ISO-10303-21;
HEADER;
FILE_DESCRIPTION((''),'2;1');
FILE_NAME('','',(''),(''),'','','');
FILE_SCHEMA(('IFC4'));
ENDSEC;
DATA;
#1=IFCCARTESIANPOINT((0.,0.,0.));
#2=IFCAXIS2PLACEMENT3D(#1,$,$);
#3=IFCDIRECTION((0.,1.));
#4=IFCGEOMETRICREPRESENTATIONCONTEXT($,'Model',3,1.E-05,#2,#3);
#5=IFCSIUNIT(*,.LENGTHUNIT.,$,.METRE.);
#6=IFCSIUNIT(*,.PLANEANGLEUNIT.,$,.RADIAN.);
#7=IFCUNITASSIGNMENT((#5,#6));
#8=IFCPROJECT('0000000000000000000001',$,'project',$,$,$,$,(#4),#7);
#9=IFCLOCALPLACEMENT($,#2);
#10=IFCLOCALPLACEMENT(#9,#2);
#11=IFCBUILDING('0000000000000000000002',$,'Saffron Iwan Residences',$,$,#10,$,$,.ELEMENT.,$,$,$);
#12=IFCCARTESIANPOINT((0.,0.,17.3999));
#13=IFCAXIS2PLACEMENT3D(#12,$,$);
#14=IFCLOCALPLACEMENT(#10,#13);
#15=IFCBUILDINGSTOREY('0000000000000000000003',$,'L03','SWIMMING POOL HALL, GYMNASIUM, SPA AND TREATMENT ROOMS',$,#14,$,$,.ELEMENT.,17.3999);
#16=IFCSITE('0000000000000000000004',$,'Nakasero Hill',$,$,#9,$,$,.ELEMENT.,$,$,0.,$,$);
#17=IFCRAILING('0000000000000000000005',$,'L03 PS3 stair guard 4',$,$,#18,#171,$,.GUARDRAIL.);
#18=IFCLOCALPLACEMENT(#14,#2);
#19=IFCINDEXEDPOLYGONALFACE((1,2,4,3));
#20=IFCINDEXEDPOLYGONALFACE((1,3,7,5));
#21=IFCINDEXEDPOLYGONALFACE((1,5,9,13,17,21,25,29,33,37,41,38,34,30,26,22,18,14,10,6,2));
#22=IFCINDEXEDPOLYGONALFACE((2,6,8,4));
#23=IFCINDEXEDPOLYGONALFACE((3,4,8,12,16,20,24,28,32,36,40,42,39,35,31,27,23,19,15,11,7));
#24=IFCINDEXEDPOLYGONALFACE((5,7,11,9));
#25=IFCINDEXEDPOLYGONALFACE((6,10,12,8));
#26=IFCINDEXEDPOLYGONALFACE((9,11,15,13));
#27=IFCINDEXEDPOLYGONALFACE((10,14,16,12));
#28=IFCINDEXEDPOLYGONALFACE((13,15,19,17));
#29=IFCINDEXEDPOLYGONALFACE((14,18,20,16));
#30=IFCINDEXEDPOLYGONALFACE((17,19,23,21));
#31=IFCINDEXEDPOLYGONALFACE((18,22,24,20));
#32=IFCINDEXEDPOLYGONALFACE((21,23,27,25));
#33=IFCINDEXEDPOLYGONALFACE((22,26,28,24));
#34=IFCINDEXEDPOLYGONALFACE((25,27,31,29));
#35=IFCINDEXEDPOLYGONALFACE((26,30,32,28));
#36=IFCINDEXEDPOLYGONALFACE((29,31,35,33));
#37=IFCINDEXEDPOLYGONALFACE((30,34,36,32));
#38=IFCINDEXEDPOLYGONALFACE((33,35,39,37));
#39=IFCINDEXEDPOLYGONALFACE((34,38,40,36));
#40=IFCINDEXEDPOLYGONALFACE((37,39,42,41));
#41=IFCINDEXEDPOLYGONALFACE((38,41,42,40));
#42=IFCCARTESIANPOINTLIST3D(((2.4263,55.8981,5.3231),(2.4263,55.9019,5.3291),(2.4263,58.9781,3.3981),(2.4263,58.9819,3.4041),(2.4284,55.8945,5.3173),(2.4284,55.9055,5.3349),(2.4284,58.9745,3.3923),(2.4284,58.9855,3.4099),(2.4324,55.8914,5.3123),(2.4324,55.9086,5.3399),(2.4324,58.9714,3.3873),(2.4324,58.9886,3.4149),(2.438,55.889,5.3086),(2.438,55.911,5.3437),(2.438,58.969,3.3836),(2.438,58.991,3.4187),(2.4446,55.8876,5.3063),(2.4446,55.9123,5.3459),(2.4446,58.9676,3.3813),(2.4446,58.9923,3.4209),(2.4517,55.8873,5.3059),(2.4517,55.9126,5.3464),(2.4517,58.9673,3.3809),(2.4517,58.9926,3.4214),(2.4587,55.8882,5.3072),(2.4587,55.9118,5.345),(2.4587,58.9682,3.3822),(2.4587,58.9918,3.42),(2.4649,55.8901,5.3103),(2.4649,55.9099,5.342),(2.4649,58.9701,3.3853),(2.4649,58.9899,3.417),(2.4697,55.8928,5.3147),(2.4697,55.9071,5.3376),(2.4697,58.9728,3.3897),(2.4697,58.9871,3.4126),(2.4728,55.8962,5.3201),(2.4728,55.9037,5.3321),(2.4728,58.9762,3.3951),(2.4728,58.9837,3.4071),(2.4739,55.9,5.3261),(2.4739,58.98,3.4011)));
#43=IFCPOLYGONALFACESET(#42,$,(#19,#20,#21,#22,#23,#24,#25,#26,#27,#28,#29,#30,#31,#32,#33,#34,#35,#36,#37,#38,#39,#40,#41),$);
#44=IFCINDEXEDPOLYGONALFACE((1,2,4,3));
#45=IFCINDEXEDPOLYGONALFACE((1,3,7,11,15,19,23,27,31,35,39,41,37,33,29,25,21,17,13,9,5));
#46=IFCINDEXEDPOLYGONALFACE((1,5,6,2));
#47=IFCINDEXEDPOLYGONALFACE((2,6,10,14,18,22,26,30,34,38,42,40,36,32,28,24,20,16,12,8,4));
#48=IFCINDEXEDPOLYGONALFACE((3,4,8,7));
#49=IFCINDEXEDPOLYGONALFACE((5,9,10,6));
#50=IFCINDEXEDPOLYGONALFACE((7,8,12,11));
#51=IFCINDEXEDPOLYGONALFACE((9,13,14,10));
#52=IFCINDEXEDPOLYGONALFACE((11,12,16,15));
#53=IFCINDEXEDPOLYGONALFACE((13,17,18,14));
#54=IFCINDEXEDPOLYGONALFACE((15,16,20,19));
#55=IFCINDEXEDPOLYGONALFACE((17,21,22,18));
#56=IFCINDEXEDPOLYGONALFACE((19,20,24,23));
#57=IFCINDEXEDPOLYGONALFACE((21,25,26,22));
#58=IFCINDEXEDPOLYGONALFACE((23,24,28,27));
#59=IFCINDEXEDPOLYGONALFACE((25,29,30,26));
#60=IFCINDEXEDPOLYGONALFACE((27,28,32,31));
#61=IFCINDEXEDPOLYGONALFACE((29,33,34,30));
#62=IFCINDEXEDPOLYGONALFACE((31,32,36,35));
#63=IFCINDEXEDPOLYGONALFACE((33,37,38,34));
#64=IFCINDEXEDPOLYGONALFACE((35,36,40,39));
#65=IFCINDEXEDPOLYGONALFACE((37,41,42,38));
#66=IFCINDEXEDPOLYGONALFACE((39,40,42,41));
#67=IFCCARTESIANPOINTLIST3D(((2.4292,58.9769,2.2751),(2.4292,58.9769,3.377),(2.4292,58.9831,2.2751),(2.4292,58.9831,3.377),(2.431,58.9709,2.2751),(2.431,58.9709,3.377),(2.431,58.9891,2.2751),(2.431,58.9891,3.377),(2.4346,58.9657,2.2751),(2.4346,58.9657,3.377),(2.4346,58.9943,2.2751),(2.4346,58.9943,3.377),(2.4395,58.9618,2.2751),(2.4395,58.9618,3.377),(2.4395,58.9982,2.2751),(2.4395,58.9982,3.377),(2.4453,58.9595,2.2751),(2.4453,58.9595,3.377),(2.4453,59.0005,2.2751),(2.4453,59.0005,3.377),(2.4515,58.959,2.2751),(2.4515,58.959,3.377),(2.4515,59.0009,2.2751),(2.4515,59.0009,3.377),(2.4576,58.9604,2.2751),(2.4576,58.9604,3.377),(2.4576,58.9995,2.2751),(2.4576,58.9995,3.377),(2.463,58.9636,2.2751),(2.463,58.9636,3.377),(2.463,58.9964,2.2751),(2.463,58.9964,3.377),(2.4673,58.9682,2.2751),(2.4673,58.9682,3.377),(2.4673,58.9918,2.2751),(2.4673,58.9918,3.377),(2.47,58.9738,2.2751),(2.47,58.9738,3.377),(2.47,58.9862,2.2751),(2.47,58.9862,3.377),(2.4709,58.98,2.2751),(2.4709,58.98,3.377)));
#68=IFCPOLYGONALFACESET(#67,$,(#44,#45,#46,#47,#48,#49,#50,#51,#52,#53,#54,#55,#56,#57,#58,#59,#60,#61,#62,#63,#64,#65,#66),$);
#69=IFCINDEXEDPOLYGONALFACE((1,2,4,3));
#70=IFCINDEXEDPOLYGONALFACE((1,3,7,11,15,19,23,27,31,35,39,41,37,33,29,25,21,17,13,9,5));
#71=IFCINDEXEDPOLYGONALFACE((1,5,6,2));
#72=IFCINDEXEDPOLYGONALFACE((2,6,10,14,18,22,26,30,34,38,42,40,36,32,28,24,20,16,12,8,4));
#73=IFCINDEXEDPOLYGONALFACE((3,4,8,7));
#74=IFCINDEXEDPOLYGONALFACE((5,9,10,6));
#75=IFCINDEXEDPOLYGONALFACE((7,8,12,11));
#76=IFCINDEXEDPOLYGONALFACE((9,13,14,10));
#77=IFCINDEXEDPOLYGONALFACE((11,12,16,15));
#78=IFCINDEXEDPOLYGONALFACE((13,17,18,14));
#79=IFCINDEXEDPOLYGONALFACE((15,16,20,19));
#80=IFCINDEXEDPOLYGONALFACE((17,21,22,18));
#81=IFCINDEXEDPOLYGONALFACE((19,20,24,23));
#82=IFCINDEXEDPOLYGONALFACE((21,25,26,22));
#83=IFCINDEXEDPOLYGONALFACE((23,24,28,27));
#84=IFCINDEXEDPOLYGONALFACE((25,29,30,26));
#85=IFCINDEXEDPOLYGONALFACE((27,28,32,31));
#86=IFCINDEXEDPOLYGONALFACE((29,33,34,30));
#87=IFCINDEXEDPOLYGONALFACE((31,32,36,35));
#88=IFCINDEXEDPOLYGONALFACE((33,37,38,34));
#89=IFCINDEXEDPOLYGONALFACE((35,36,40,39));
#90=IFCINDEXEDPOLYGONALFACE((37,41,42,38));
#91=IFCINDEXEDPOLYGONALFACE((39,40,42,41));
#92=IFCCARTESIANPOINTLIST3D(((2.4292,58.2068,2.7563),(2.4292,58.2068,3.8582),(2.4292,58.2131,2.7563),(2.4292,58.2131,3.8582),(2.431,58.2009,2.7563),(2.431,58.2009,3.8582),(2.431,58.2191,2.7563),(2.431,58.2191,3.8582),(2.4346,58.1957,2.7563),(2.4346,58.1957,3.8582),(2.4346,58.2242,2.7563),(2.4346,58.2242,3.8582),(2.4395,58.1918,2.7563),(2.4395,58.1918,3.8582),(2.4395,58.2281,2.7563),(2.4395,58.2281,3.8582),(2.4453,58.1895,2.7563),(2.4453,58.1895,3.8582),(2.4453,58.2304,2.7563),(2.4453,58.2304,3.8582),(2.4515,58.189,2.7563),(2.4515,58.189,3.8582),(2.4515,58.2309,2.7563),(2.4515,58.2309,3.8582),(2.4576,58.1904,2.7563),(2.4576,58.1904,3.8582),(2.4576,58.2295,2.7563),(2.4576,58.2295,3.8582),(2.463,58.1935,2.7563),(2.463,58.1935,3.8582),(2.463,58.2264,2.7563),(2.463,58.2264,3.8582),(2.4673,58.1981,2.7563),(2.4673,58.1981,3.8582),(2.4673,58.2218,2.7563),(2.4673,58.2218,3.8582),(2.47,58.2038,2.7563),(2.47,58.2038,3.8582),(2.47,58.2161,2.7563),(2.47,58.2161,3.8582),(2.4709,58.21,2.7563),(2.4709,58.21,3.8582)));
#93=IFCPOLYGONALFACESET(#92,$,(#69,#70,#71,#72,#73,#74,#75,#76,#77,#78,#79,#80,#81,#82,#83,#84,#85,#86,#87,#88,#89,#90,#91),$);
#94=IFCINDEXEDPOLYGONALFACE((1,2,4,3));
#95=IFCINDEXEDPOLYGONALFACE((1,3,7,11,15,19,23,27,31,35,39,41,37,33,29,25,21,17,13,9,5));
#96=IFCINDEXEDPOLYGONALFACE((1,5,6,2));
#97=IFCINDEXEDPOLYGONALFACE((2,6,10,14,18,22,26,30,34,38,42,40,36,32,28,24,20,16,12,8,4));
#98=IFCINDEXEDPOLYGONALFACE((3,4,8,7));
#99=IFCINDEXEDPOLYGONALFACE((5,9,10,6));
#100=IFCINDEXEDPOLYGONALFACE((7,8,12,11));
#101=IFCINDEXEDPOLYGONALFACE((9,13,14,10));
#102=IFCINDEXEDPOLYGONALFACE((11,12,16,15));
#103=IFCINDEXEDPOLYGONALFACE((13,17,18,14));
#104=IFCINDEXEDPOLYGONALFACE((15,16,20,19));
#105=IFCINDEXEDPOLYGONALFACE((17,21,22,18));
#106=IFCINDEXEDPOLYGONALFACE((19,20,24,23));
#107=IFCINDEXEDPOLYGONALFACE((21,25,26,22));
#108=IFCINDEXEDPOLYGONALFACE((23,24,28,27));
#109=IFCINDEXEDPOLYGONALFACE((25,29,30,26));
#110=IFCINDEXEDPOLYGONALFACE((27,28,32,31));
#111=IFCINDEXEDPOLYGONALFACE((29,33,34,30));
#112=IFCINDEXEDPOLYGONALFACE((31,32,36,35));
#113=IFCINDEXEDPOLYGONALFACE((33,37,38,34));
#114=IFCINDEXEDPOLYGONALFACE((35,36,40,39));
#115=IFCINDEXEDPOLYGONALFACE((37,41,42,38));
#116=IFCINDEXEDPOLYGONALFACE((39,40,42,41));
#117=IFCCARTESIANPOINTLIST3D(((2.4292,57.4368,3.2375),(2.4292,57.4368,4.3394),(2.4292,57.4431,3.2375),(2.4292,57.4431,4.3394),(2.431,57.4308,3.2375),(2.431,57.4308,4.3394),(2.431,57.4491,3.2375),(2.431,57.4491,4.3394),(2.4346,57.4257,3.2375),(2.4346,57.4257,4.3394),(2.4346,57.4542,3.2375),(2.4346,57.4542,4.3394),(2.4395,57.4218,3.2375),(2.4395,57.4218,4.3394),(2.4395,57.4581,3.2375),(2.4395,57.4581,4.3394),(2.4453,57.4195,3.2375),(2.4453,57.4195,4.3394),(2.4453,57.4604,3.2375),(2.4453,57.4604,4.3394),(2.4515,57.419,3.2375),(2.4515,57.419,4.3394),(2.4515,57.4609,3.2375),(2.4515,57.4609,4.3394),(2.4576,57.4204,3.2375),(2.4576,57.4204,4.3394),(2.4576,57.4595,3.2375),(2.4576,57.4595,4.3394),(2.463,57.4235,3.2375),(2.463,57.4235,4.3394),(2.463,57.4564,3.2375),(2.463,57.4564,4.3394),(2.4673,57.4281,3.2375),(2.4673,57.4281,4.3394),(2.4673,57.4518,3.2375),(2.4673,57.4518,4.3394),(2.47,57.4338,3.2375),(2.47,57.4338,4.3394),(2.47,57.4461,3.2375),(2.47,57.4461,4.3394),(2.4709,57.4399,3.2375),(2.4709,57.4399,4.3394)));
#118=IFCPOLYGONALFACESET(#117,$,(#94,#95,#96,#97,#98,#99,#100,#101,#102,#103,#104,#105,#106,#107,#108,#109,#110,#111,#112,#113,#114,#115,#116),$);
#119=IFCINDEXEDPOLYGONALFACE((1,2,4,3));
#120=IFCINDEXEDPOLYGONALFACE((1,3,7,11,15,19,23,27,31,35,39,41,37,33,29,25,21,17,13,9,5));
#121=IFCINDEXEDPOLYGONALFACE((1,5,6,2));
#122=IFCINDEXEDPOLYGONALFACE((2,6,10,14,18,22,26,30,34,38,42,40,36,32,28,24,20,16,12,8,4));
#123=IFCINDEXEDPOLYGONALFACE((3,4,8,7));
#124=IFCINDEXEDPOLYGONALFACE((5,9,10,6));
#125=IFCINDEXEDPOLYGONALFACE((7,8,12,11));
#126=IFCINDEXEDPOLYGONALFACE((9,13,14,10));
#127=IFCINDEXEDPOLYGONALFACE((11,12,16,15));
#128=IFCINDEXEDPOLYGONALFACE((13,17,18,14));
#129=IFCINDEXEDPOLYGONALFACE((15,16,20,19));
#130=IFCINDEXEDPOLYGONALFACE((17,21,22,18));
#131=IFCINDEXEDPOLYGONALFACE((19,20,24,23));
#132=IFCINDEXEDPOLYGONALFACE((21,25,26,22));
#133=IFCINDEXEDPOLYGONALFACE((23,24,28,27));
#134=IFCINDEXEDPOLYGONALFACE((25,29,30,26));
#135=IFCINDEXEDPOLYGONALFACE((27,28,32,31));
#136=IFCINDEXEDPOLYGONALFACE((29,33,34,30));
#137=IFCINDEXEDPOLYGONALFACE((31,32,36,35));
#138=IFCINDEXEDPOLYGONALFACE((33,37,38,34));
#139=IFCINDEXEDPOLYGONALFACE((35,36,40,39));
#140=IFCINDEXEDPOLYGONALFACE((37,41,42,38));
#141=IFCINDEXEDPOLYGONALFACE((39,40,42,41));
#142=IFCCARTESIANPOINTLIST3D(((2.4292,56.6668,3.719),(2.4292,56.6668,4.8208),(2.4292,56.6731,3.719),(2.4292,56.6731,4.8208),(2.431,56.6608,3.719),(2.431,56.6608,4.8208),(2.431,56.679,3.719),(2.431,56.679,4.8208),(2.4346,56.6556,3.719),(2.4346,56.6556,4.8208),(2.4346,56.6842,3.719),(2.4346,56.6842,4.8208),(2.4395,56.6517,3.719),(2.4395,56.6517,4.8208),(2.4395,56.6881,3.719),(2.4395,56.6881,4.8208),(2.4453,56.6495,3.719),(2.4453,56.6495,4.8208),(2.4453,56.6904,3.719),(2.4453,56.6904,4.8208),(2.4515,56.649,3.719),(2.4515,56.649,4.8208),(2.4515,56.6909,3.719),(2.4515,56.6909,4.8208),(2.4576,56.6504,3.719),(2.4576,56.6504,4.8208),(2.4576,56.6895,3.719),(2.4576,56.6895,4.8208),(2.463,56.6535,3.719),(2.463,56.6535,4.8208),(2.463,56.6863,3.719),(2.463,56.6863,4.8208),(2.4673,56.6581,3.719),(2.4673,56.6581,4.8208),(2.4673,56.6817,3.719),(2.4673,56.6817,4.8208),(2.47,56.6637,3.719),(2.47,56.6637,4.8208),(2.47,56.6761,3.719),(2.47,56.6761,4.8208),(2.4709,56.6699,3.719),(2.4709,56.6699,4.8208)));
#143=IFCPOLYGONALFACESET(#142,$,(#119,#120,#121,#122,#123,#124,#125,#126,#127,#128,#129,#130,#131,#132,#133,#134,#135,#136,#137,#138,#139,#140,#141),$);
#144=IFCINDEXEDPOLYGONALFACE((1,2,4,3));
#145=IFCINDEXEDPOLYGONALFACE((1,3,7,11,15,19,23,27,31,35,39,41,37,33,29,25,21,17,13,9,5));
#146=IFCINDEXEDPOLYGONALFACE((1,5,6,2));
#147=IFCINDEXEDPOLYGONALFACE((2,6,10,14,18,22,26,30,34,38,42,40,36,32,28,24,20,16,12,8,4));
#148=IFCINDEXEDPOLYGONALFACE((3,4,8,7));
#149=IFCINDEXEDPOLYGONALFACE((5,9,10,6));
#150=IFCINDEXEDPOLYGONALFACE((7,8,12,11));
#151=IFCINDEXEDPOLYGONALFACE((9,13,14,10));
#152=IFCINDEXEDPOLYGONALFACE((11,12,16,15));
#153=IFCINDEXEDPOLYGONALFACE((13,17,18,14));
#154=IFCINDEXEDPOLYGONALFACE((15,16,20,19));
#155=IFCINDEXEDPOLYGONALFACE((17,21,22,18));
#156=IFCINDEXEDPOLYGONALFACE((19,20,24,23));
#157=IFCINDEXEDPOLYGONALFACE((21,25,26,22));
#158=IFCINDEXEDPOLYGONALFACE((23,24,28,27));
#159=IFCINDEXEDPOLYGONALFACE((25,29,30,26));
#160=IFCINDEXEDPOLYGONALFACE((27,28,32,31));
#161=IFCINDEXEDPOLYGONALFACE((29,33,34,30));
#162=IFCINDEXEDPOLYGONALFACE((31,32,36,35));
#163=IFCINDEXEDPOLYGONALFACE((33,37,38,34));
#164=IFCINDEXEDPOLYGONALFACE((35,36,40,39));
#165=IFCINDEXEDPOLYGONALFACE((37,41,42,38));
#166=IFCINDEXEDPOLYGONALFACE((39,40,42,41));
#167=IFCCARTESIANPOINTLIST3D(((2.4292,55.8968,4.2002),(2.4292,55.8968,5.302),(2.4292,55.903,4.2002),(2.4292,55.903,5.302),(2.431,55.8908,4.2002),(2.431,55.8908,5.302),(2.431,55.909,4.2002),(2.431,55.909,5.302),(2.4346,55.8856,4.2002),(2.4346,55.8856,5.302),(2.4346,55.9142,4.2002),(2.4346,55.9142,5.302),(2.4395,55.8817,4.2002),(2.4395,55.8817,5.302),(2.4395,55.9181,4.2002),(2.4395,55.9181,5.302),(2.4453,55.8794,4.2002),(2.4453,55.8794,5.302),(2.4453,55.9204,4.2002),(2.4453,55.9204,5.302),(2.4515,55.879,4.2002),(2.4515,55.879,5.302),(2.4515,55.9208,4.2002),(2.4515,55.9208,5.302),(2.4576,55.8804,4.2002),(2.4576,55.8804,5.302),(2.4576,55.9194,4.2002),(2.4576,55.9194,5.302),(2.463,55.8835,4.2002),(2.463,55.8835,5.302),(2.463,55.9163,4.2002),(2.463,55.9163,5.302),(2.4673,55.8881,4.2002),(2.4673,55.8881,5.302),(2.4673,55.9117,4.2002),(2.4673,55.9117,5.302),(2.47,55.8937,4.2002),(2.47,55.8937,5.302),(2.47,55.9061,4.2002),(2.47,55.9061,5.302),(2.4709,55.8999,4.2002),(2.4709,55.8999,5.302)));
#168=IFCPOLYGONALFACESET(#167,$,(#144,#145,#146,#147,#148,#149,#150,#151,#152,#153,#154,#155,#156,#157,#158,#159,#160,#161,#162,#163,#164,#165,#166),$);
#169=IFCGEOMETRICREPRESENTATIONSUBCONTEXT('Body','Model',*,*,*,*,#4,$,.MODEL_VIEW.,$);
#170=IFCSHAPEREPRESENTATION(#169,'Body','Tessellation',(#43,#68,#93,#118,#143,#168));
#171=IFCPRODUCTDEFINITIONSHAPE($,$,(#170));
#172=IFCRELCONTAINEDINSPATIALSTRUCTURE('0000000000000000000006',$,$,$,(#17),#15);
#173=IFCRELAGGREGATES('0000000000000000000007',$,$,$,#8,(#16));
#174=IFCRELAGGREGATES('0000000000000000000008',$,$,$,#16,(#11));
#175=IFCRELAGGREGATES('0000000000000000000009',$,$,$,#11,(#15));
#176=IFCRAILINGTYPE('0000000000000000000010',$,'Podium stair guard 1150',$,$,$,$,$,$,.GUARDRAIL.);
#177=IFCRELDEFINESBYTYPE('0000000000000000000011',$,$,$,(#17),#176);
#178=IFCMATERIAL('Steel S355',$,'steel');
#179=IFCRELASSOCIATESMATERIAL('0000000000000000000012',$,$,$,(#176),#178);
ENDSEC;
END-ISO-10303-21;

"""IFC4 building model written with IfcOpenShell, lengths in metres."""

from ifc_helpers import new_model, si_unit, direction, frame, origin, origin_2d, place, context, subcontext, project, spatial, circle, extrude, material, type_object, element, save


model = new_model("IFC4")

# Units and contexts
model_context = context("Model", 3, precision=1e-05, world=origin(), true_north=direction((0.0, 1.0)))
body_context = subcontext(model_context, "Body", "Model", "MODEL_VIEW")
ifc_project = project(units=[si_unit("LENGTHUNIT", "METRE"), si_unit("PLANEANGLEUNIT", "RADIAN")], contexts=[model_context])

# Site, building, storey
site_placement = place(None, origin())
site = spatial("IfcSite", under=ifc_project, at=site_placement, Name="Nakasero Hill", CompositionType="ELEMENT", RefElevation=0.0)
building_placement = place(site_placement, origin())
building = spatial("IfcBuilding", under=site, at=building_placement, Name="Saffron Iwan Residences", CompositionType="ELEMENT")
storey_placement = place(building_placement, frame((0.0, 0.0, 17.3999)))
storey = spatial("IfcBuildingStorey", under=building, at=storey_placement, Name="L03", Description="SWIMMING POOL HALL, GYMNASIUM, SPA AND TREATMENT ROOMS", CompositionType="ELEMENT", Elevation=17.3999)

# Railing
ifc_material_1 = material(Name="Steel S355", Category="steel")
railing_type_1 = type_object("IfcRailingType", Name="Podium stair guard 1150", PredefinedType="GUARDRAIL", material=ifc_material_1)
railing_1_placement = place(storey_placement, frame((2.45, 58.98, 2.2751)))
element("IfcRailing", 1, at=railing_1_placement, inside=storey, type_object=railing_type_1, Name="L03 PS3 stair guard 4", PredefinedType="GUARDRAIL", context=body_context, shape_type="SweptSolid", body=[
    extrude(circle(Radius=0.0239, at=origin_2d()), frame((0.0, 0.0, 1.126), z_axis=(0.0, -0.847998, 0.529999), x_axis=(1.0, 0.0, 0.0)), (0.0, 0.0, 1.0), 3.6321),
    extrude(circle(Radius=0.021, at=origin_2d()), origin(), (0.0, 0.0, 1.0), 1.1018),
    extrude(circle(Radius=0.021, at=origin_2d()), frame((0.0, -0.77, 0.4812)), (0.0, 0.0, 1.0), 1.1018),
    extrude(circle(Radius=0.021, at=origin_2d()), frame((0.0, -1.54, 0.9624)), (0.0, 0.0, 1.0), 1.1018),
    extrude(circle(Radius=0.021, at=origin_2d()), frame((0.0, -2.3101, 1.4438)), (0.0, 0.0, 1.0), 1.1018),
    extrude(circle(Radius=0.021, at=origin_2d()), frame((0.0, -3.0801, 1.925)), (0.0, 0.0, 1.0), 1.1018),
])

save(model, "model.ifc")
